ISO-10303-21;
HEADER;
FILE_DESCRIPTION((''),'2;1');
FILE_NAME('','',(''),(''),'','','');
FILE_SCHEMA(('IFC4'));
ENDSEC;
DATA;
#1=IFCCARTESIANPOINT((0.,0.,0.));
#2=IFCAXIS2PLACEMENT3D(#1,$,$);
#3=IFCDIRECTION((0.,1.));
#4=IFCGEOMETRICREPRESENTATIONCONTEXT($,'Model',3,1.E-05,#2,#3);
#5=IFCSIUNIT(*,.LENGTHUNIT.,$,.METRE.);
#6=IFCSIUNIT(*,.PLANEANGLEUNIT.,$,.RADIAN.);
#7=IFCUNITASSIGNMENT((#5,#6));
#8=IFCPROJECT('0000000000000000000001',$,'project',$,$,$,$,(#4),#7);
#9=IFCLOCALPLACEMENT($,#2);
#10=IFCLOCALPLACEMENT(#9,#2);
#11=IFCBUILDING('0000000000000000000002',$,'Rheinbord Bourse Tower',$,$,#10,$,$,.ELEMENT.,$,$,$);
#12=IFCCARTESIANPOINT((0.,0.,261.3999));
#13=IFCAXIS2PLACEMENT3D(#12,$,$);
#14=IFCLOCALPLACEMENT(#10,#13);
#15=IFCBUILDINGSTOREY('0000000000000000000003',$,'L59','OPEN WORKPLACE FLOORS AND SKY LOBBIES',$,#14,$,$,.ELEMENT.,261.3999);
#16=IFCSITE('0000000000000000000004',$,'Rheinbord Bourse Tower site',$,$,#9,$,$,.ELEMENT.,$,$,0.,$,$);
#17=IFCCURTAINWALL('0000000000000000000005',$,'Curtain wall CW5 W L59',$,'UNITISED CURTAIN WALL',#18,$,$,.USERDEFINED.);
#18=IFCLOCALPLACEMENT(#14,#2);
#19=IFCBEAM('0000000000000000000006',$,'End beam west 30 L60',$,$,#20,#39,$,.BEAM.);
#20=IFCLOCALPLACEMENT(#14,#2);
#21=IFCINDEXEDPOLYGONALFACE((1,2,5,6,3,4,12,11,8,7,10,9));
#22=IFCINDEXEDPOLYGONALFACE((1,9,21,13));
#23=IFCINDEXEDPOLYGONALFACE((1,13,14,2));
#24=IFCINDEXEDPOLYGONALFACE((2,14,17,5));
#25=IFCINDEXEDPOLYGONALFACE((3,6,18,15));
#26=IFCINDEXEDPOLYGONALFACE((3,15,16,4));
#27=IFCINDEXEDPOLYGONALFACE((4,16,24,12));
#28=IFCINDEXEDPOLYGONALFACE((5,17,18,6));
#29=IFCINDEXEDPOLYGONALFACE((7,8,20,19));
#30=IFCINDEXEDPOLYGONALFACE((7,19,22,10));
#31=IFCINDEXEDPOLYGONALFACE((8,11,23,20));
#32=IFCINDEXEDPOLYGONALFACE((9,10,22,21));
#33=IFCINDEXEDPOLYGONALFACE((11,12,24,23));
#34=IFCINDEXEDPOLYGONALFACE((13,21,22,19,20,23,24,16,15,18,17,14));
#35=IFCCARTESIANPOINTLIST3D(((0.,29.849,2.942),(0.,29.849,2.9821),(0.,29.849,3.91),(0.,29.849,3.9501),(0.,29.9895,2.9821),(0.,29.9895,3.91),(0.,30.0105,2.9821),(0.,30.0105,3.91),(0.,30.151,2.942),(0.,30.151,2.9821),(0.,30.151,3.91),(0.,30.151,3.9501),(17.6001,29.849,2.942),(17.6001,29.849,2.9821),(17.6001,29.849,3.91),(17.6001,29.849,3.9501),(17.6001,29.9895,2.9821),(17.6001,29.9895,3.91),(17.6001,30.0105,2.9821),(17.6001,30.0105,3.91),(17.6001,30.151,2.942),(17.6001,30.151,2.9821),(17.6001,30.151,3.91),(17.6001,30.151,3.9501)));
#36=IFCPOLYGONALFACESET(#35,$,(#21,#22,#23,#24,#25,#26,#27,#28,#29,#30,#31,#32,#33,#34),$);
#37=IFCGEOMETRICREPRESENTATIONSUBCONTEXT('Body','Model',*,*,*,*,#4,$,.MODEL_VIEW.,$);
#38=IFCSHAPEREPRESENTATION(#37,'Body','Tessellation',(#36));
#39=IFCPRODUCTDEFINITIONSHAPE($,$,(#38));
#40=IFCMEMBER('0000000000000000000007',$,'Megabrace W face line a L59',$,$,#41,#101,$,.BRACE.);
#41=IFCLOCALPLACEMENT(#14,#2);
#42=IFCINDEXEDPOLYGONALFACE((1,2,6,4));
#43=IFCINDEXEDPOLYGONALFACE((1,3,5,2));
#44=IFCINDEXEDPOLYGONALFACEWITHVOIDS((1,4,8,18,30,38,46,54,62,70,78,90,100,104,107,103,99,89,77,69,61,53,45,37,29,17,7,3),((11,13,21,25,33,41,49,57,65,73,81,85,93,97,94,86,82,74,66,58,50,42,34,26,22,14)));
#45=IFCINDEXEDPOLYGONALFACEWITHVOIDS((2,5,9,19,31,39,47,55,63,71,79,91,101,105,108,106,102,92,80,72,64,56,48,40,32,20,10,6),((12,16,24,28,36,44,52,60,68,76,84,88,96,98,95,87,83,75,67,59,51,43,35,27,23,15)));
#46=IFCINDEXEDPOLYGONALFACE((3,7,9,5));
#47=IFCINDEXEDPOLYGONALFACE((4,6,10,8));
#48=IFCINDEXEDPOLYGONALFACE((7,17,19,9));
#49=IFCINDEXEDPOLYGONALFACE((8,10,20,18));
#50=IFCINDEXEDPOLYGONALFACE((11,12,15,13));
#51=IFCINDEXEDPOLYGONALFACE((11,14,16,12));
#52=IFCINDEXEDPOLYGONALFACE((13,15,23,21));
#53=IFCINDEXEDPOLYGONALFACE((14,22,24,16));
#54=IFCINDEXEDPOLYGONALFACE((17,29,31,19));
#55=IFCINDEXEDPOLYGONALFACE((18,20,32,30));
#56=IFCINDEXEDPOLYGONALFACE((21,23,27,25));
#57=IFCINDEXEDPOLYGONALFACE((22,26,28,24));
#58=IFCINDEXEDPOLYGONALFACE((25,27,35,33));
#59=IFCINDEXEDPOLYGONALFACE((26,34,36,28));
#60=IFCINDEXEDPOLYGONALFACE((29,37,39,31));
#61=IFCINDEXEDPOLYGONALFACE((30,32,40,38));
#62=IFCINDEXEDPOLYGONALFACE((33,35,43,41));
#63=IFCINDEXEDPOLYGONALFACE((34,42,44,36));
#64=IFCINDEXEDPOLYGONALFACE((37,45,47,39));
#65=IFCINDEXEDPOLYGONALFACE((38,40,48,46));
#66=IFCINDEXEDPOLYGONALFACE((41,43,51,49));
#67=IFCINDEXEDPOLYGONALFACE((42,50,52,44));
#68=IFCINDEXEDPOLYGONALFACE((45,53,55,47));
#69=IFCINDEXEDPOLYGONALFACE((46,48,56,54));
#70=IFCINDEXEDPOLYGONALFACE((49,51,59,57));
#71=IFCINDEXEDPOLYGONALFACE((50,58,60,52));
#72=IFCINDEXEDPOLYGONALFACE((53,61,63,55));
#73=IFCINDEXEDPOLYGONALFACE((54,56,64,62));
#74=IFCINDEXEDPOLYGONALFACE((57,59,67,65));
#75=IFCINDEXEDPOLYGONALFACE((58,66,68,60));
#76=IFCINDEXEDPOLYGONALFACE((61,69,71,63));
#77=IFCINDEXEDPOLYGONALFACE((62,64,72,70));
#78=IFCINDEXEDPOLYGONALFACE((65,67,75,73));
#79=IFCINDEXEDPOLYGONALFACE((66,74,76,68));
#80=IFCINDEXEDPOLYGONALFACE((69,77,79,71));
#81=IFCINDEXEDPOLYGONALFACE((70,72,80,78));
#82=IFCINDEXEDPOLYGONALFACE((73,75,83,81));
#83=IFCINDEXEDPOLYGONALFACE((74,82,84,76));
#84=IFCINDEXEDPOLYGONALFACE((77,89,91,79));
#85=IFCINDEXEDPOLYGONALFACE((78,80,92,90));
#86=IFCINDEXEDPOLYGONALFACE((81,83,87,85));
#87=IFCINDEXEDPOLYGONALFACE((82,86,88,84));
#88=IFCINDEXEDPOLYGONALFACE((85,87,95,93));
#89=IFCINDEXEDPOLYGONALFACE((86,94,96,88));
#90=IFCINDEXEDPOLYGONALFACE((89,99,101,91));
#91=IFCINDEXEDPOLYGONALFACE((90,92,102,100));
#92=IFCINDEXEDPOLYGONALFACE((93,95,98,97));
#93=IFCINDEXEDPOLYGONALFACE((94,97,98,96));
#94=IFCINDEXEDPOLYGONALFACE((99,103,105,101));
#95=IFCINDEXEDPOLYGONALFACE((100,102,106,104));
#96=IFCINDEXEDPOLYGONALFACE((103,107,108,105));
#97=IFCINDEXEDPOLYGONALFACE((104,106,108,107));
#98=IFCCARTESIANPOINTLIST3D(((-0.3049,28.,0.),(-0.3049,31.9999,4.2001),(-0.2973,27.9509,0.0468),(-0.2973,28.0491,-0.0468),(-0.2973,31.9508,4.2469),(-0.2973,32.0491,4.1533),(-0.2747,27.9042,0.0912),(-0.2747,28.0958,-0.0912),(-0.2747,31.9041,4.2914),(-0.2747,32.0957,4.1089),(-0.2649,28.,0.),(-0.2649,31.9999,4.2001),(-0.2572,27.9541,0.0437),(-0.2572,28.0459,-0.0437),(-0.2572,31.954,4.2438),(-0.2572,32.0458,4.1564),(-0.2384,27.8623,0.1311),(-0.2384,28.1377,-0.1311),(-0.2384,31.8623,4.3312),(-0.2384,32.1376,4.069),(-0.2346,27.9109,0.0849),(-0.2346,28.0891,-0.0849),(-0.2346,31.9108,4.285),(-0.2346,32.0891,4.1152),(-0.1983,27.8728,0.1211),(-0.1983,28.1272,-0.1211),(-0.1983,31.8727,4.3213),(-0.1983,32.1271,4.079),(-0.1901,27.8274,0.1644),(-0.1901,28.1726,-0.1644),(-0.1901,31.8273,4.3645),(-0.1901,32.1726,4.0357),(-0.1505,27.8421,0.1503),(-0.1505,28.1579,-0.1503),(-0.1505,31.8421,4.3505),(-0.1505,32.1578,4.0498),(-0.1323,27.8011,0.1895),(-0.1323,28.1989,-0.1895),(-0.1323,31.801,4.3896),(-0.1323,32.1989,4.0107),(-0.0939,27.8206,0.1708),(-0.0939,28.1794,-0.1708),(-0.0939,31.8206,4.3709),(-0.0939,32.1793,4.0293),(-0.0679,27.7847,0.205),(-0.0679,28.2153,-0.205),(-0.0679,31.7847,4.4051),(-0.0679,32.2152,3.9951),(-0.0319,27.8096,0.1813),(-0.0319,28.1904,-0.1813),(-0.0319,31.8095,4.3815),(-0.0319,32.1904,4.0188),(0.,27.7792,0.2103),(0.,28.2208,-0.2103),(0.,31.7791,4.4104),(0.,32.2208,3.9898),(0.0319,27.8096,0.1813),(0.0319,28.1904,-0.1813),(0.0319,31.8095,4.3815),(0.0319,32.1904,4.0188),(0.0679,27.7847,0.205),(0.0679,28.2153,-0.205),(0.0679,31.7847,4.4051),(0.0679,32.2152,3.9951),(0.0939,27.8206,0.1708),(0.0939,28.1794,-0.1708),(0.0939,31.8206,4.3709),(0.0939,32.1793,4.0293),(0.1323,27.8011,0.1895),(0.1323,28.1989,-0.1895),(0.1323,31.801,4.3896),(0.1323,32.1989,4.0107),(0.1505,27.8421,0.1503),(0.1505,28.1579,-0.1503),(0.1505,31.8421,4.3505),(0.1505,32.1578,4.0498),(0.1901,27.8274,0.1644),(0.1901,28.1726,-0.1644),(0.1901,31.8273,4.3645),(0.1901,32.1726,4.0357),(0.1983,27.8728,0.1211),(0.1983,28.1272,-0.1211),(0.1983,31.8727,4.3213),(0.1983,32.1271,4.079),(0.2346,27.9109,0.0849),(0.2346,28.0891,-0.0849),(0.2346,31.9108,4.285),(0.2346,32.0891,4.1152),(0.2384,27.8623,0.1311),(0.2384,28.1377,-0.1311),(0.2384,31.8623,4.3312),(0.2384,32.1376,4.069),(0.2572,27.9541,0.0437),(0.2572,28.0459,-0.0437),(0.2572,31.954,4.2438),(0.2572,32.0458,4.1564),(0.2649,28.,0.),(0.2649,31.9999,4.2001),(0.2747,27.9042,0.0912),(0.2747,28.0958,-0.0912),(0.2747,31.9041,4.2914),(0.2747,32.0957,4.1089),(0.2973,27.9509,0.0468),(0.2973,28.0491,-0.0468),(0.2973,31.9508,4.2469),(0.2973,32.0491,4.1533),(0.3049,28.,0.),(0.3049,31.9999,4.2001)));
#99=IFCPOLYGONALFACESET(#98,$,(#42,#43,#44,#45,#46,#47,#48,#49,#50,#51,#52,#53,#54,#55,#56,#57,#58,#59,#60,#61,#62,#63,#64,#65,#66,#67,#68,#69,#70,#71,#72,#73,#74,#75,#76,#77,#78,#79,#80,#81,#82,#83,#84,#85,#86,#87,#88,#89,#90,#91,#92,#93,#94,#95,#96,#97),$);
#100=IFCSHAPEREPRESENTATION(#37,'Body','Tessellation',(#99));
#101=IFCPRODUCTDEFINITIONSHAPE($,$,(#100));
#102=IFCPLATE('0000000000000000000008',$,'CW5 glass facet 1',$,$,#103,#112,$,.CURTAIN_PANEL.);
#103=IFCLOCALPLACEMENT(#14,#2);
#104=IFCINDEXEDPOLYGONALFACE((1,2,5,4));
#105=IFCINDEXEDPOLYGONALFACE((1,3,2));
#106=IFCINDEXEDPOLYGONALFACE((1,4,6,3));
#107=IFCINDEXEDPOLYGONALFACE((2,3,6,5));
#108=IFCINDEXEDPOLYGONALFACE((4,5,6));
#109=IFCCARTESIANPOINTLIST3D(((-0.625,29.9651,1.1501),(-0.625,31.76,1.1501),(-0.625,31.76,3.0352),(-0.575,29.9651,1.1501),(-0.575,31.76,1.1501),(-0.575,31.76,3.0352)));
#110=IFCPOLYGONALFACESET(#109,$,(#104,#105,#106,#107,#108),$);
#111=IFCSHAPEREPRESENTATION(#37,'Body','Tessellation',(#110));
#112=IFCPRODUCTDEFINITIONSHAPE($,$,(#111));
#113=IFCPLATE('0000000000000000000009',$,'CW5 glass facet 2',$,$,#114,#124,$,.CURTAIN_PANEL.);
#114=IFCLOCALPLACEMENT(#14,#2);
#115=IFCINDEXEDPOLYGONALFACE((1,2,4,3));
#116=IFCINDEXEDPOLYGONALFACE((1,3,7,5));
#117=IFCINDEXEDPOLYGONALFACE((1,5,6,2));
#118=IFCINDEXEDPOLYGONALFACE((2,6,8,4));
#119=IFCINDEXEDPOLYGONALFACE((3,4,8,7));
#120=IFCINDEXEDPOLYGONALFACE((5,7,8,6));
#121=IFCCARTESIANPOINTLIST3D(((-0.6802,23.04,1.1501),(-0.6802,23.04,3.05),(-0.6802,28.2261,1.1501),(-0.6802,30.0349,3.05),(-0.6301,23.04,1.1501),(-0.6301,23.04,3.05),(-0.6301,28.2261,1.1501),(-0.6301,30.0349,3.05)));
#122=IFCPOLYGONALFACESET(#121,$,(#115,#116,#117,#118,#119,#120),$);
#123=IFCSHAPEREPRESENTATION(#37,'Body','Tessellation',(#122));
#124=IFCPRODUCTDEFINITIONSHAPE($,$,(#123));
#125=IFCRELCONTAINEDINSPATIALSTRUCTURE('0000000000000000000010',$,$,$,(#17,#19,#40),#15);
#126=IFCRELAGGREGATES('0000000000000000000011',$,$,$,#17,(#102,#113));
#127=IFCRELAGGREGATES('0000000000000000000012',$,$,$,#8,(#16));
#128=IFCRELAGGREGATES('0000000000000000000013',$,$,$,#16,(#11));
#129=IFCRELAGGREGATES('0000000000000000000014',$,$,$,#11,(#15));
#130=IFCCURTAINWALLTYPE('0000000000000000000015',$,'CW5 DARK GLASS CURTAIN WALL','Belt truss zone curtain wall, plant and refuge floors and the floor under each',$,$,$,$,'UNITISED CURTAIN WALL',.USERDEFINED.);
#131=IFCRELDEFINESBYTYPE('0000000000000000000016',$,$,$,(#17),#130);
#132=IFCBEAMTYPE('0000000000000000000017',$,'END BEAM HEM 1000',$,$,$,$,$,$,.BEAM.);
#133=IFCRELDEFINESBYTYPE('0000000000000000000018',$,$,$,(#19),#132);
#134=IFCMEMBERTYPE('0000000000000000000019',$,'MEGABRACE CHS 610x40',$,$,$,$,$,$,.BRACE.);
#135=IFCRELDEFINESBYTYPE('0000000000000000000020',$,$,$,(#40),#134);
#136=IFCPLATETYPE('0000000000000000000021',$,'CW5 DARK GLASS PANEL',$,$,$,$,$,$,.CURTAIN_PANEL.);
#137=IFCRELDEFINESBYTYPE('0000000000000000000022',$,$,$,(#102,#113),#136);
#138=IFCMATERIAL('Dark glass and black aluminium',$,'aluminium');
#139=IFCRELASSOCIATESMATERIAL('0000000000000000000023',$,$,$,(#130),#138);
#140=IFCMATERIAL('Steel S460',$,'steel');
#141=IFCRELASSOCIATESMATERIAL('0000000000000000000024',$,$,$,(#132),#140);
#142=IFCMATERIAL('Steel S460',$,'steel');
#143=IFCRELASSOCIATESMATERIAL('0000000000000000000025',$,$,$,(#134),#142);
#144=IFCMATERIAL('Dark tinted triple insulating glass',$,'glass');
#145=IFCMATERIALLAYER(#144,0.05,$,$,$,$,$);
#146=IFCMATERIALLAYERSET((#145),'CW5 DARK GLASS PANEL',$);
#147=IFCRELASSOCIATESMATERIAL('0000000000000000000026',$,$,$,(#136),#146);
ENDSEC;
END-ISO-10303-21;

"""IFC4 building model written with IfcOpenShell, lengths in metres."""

from ifc_helpers import new_model, si_unit, direction, frame, origin, origin_2d, place, context, subcontext, project, spatial, polyline, hollow_circle, i_section, outline, extrude, material, layer, layer_set, material_profile, profile_set, type_object, element, aggregate, save


model = new_model("IFC4")

# Units and contexts
model_context = context("Model", 3, precision=1e-05, world=origin(), true_north=direction((0.0, 1.0)))
body_context = subcontext(model_context, "Body", "Model", "MODEL_VIEW")
ifc_project = project(units=[si_unit("LENGTHUNIT", "METRE"), si_unit("PLANEANGLEUNIT", "RADIAN")], contexts=[model_context])

# Site, building, storey
site_placement = place(None, origin())
site = spatial("IfcSite", under=ifc_project, at=site_placement, Name="Rheinbord Bourse Tower site", CompositionType="ELEMENT", RefElevation=0.0)
building_placement = place(site_placement, origin())
building = spatial("IfcBuilding", under=site, at=building_placement, Name="Rheinbord Bourse Tower", CompositionType="ELEMENT")
storey_placement = place(building_placement, frame((0.0, 0.0, 261.3999)))
storey = spatial("IfcBuildingStorey", under=building, at=storey_placement, Name="L59", Description="OPEN WORKPLACE FLOORS AND SKY LOBBIES", CompositionType="ELEMENT", Elevation=261.3999)

# Curtain wall
ifc_material_1 = material(Name="Dark glass and black aluminium", Category="aluminium")
curtain_wall_type = type_object("IfcCurtainWallType", Name="CW5 DARK GLASS CURTAIN WALL", Description="Belt truss zone curtain wall, plant and refuge floors and the floor under each", ElementType="UNITISED CURTAIN WALL", PredefinedType="USERDEFINED", material=ifc_material_1)
curtain_wall_placement = place(storey_placement, origin())
curtain_wall = element("IfcCurtainWall", 1, at=curtain_wall_placement, inside=storey, type_object=curtain_wall_type, Name="Curtain wall CW5 W L59", ObjectType="UNITISED CURTAIN WALL", PredefinedType="USERDEFINED")

# Beam
ifc_material_2 = material(Name="Steel S460", Category="steel")
ifc_material_profile_1 = material_profile(ifc_material_2, i_section(OverallWidth=0.302, OverallDepth=1.0081, WebThickness=0.021, FlangeThickness=0.04, at=origin_2d()), Name="HEM 1000")
ifc_profile_set_1 = profile_set([ifc_material_profile_1], Name="Steel S460")
beam_type_1 = type_object("IfcBeamType", Name="END BEAM HEM 1000", PredefinedType="BEAM", material=ifc_profile_set_1)
for number, where, z_axis, x_axis, name in (
    (2, (0.0, 30.0, 3.446), (1.0, 0.0, 0.0), (0.0, 1.0, 0.0), "End beam west 30 L60"),
):
    element("IfcBeam", number, at=place(storey_placement, frame(where, z_axis=z_axis, x_axis=x_axis)), inside=storey, type_object=beam_type_1, Name=name, PredefinedType="BEAM", context=body_context, shape_type="SweptSolid", body=[
        extrude(i_section(OverallWidth=0.302, OverallDepth=1.0081, WebThickness=0.021, FlangeThickness=0.04, at=origin_2d()), origin(), (0.0, 0.0, 1.0), 17.6001),
    ])

# Member
ifc_material_3 = material(Name="Steel S460", Category="steel")
ifc_material_profile_2 = material_profile(ifc_material_3, hollow_circle(Radius=0.3049, WallThickness=0.04, at=origin_2d()), Name="CHS 610x40")
ifc_profile_set_2 = profile_set([ifc_material_profile_2], Name="Steel S460")
member_type_1 = type_object("IfcMemberType", Name="MEGABRACE CHS 610x40", PredefinedType="BRACE", material=ifc_profile_set_2)
member_1_placement = place(storey_placement, frame((0.0, 28.0, 0.0), z_axis=(0.0, 0.689638, 0.724154), x_axis=(-1.0, 0.0, 0.0)))
element("IfcMember", 3, at=member_1_placement, inside=storey, type_object=member_type_1, Name="Megabrace W face line a L59", PredefinedType="BRACE", context=body_context, shape_type="SweptSolid", body=[
    extrude(hollow_circle(Radius=0.3049, WallThickness=0.04, at=origin_2d()), origin(), (0.0, 0.0, 1.0), 5.8),
])

# Plates
ifc_material_4 = material(Name="Dark tinted triple insulating glass", Category="glass")
ifc_layer = layer(ifc_material_4, 0.05)
ifc_layer_set = layer_set([ifc_layer], Name="CW5 DARK GLASS PANEL")
plate_type = type_object("IfcPlateType", Name="CW5 DARK GLASS PANEL", PredefinedType="CURTAIN_PANEL", material=ifc_layer_set)
plate_1_placement = place(storey_placement, frame((-0.625, 31.76, 1.1501), z_axis=(1.0, 0.0, 0.0), x_axis=(0.0, 0.0, 1.0)))
plate_1 = element("IfcPlate", 4, at=plate_1_placement, type_object=plate_type, Name="CW5 glass facet 1", PredefinedType="CURTAIN_PANEL", context=body_context, shape_type="SweptSolid", body=[
    extrude(outline(polyline([(0.0, 0.0), (1.885, 0.0), (0.0, 1.7949), (0.0, 0.0)])), origin(), (0.0, 0.0, 1.0), 0.05),
])
plate_2_placement = place(storey_placement, frame((-0.6802, 23.04, 3.05), z_axis=(1.0, 0.0, 0.0), x_axis=(0.0, 0.0, -1.0)))
plate_2 = element("IfcPlate", 5, at=plate_2_placement, type_object=plate_type, Name="CW5 glass facet 2", PredefinedType="CURTAIN_PANEL", context=body_context, shape_type="SweptSolid", body=[
    extrude(outline(polyline([(0.0, 0.0), (1.8999, 0.0), (1.8999, 5.186), (0.0, 6.9949), (0.0, 0.0)])), origin(), (0.0, 0.0, 1.0), 0.05),
])
aggregate(curtain_wall, [plate_1, plate_2])

save(model, "model.ifc")
